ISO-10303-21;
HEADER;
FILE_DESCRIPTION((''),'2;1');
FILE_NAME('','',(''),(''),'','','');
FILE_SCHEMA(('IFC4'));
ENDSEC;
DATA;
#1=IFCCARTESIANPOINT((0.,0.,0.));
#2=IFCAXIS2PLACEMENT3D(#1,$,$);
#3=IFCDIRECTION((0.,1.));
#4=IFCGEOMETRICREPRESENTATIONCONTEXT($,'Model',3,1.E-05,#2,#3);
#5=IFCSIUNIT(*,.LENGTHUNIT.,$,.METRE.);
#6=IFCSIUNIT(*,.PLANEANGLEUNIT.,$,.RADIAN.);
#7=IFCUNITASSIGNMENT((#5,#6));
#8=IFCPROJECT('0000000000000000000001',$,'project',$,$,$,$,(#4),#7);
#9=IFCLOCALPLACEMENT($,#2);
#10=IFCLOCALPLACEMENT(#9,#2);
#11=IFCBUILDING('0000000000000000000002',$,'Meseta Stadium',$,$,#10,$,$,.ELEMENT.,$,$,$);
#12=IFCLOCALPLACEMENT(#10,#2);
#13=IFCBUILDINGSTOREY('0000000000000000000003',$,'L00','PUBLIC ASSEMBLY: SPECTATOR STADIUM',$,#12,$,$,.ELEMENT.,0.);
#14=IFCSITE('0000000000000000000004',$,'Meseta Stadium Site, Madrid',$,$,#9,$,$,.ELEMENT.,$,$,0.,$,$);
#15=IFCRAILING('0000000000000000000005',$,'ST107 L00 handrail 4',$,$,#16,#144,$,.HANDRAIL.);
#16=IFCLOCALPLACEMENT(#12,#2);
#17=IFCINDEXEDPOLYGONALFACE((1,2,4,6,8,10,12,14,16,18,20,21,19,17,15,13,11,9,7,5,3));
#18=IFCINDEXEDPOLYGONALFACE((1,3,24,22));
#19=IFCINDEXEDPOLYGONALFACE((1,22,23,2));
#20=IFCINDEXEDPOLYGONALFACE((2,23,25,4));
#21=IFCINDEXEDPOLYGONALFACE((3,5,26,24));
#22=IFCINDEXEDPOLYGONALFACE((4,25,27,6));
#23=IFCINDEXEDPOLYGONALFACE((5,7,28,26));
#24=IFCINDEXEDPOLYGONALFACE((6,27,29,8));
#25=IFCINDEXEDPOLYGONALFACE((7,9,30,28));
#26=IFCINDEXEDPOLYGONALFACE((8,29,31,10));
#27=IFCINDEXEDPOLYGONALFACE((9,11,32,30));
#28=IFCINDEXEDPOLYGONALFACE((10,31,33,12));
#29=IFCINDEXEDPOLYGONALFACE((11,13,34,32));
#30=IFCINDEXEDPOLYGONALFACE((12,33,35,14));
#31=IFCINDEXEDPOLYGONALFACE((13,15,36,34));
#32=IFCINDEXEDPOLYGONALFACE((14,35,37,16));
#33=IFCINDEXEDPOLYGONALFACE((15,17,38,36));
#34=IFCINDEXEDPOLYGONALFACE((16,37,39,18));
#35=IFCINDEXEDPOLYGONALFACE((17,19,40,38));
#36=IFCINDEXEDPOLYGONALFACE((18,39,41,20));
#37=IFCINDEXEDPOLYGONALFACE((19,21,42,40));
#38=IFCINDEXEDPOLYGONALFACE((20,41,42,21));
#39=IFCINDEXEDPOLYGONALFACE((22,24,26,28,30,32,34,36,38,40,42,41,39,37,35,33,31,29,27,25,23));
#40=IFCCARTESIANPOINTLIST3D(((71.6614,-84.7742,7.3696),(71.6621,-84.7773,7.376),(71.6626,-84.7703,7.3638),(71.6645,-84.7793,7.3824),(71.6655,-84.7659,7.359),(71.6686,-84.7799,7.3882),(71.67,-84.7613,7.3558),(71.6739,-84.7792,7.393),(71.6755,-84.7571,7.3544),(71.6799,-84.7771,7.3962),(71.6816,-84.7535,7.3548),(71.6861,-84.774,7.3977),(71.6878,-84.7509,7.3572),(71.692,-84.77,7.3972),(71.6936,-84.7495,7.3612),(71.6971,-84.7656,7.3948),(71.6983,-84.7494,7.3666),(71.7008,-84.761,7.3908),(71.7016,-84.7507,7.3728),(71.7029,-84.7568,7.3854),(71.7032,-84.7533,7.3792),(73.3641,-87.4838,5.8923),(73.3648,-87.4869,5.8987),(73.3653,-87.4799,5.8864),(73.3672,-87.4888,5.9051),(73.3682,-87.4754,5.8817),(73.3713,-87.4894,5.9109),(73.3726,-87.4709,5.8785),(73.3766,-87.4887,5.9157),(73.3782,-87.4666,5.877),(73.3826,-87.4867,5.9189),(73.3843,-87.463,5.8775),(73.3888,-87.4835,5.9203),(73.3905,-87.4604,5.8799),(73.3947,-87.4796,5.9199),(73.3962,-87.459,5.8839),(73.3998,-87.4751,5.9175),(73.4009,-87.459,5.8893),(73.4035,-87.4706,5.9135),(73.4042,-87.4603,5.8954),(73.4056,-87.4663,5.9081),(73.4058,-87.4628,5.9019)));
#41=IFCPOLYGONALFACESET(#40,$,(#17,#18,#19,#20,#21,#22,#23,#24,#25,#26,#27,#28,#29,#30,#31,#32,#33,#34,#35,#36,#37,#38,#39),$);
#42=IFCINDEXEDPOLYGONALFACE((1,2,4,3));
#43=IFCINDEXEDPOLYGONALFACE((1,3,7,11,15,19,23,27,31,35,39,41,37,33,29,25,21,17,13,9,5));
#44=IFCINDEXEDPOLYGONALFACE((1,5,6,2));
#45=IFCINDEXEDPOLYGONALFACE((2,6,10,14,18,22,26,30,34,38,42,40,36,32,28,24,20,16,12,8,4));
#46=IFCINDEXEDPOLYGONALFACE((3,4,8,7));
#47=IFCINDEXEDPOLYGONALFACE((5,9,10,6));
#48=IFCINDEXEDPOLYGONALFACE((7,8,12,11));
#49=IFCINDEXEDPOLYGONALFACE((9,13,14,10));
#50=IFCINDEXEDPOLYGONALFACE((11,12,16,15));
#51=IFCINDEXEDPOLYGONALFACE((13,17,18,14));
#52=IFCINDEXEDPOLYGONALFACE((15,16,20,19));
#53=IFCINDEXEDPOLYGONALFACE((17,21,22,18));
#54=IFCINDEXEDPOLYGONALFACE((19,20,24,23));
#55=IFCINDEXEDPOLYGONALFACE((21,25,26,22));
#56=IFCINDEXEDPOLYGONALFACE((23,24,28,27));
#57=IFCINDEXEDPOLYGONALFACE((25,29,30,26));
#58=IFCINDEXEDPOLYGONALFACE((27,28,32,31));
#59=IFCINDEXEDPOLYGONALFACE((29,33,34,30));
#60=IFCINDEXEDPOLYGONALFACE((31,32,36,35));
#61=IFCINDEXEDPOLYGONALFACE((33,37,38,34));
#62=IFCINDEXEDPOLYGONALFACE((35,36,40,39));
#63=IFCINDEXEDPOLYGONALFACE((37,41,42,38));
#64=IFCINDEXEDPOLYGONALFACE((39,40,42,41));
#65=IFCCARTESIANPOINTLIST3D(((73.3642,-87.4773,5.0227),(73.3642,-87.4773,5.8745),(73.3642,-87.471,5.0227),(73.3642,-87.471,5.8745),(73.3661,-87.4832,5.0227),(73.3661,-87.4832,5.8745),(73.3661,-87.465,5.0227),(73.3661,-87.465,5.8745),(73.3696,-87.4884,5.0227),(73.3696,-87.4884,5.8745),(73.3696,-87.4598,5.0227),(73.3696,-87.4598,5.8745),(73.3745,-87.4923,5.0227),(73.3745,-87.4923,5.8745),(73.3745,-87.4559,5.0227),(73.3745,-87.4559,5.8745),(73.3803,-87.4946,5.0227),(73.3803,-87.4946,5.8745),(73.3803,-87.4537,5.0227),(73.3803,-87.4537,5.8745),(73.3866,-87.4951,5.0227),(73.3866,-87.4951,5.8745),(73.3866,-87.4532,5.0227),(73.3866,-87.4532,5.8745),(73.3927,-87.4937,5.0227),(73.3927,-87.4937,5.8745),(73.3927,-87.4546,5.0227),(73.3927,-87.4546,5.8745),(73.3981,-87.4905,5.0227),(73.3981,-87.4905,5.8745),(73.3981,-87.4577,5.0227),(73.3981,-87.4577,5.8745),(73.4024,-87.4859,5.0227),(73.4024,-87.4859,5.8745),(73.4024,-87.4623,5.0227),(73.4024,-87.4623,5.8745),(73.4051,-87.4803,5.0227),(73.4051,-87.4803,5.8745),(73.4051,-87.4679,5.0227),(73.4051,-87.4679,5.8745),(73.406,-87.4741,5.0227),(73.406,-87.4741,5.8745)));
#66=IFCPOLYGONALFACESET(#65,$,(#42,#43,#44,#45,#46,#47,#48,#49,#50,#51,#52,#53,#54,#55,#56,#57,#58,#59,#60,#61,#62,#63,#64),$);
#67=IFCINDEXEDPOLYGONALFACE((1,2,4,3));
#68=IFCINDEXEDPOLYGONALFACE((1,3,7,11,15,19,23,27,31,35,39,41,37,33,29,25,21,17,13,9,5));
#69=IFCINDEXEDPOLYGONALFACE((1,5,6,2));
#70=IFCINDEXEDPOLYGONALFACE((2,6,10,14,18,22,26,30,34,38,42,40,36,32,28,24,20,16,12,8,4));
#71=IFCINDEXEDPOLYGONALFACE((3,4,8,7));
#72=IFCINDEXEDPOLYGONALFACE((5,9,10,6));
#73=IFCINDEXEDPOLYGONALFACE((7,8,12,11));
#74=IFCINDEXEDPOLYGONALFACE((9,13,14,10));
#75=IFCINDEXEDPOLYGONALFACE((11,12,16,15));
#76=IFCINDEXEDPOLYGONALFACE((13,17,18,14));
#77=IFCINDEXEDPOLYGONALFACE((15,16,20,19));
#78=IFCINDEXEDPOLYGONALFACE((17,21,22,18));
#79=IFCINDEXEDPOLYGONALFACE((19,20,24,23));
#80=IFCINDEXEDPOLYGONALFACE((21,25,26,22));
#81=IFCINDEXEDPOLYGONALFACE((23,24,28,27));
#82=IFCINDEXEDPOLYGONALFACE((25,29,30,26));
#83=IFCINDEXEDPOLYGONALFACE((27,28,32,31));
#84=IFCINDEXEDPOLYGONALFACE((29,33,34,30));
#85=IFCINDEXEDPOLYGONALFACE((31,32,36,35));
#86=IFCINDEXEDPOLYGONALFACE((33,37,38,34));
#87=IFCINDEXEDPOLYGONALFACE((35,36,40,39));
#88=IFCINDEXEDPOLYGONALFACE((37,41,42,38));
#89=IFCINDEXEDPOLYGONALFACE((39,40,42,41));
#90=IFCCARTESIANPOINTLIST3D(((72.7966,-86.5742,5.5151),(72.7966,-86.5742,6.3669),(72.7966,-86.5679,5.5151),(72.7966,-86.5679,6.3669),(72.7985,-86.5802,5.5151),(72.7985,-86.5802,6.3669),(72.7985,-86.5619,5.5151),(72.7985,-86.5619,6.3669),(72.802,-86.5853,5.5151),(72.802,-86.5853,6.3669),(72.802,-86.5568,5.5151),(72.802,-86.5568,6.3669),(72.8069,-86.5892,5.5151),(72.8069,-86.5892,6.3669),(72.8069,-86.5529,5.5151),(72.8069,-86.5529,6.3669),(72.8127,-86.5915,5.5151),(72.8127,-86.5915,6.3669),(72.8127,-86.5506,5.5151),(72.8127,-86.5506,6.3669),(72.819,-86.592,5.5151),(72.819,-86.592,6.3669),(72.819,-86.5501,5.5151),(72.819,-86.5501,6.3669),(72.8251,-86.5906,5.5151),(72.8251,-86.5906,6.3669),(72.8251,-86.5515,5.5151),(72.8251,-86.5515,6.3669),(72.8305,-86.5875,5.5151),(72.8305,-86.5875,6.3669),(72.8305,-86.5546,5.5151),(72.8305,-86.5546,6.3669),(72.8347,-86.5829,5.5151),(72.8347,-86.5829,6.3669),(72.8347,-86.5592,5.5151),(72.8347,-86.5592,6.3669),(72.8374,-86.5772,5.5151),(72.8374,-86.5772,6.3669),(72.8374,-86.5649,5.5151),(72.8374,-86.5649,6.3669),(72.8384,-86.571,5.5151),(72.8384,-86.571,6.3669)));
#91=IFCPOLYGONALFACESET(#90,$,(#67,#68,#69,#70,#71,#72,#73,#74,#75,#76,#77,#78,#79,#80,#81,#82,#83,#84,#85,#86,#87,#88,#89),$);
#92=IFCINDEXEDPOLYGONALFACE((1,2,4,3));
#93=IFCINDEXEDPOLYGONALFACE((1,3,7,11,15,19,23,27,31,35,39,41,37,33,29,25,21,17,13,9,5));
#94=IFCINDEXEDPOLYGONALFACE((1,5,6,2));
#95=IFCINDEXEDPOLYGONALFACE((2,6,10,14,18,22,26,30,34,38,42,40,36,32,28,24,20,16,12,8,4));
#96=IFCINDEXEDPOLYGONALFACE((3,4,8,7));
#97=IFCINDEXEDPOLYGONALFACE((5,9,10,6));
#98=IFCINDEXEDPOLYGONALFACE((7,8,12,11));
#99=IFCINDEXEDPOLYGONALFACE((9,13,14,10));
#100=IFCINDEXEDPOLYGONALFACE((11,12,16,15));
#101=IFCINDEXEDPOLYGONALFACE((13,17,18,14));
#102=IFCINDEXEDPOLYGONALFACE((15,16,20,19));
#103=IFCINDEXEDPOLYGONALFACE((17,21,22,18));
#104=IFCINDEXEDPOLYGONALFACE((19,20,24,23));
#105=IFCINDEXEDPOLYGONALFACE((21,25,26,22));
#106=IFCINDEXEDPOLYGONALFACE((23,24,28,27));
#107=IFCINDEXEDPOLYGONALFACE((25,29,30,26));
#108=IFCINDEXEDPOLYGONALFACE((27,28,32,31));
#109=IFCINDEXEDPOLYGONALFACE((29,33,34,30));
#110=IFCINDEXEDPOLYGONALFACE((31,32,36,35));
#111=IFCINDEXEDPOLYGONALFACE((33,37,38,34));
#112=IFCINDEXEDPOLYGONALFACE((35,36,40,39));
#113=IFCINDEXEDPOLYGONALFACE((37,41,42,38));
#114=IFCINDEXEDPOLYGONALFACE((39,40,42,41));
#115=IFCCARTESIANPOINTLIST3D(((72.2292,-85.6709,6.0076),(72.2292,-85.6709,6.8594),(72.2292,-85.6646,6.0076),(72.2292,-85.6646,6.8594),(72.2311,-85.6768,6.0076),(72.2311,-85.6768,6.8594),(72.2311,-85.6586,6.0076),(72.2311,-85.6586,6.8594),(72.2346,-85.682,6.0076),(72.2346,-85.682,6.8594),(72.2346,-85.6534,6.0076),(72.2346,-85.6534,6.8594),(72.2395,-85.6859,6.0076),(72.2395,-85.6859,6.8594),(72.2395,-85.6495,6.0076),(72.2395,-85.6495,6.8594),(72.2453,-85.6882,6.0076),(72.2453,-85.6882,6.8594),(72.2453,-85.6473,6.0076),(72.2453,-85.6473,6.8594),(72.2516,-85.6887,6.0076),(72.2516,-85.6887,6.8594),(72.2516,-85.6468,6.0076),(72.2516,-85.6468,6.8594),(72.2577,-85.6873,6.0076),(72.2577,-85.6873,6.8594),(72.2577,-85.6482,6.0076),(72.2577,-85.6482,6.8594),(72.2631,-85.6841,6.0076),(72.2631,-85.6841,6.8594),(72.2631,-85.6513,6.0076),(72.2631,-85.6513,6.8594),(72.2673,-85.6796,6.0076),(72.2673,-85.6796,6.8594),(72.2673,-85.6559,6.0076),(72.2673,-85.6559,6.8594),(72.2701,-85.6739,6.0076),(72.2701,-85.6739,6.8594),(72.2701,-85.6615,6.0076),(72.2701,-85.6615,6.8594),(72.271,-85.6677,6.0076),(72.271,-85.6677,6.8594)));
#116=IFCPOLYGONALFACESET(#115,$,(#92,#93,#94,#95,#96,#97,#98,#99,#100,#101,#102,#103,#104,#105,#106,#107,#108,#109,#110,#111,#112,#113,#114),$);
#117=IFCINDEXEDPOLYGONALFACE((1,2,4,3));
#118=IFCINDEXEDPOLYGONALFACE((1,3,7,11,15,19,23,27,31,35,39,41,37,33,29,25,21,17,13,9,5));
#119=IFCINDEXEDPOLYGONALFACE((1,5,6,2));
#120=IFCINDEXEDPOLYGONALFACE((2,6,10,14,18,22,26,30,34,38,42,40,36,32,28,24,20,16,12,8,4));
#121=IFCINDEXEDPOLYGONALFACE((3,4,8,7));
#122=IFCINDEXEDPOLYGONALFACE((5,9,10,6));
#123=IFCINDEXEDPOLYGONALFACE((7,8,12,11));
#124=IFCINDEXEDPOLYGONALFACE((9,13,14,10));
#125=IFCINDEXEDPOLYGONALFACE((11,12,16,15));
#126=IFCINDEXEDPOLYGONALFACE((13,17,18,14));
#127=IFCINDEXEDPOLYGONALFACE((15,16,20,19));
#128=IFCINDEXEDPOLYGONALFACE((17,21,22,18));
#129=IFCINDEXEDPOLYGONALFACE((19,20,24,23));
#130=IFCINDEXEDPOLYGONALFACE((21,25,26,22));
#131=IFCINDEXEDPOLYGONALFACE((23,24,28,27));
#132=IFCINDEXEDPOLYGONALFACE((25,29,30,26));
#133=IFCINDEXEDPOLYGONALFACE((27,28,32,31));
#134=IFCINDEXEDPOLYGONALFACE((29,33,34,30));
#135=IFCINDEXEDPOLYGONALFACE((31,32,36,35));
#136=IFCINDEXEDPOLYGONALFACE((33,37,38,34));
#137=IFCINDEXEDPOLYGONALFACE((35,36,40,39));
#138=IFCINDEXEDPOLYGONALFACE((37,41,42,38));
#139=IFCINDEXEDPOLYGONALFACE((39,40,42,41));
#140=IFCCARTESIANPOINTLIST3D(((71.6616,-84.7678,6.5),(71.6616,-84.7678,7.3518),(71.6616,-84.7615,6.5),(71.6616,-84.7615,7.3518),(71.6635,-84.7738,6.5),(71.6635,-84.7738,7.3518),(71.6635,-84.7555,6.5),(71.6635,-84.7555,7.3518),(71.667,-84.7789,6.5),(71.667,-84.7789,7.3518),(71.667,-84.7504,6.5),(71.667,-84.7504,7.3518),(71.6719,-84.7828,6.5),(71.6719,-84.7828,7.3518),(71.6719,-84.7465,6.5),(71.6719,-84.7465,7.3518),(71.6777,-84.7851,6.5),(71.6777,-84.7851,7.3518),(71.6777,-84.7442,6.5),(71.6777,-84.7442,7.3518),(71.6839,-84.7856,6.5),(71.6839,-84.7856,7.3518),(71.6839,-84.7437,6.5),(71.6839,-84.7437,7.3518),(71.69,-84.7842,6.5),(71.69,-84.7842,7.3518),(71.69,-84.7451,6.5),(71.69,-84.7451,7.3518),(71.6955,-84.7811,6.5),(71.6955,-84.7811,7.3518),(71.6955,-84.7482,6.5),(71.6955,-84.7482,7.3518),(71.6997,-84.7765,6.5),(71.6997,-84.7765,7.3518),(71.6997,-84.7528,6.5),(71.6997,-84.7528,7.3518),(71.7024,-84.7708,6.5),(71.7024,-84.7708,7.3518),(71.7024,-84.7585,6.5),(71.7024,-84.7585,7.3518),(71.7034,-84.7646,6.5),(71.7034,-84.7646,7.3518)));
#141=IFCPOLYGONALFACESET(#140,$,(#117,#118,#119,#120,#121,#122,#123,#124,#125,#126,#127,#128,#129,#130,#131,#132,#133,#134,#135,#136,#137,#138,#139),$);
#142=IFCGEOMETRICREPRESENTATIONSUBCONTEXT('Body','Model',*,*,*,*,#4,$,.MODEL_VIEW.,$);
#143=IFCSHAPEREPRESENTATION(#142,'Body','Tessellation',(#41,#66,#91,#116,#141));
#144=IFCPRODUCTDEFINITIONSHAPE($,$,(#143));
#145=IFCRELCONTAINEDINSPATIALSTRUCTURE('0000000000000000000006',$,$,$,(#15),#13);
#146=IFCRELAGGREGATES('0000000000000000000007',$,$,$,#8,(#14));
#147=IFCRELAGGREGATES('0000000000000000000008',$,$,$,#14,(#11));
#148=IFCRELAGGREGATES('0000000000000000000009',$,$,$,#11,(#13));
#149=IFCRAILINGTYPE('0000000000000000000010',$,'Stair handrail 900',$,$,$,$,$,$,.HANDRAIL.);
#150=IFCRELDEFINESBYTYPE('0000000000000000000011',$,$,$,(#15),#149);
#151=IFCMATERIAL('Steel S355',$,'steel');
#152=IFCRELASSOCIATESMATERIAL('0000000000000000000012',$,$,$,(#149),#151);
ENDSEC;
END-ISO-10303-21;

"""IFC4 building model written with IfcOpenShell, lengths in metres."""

from ifc_helpers import new_model, si_unit, direction, frame, origin, origin_2d, place, context, subcontext, project, spatial, circle, extrude, material, type_object, element, save


model = new_model("IFC4")

# Units and contexts
model_context = context("Model", 3, precision=1e-05, world=origin(), true_north=direction((0.0, 1.0)))
body_context = subcontext(model_context, "Body", "Model", "MODEL_VIEW")
ifc_project = project(units=[si_unit("LENGTHUNIT", "METRE"), si_unit("PLANEANGLEUNIT", "RADIAN")], contexts=[model_context])

# Site, building, storey
site_placement = place(None, origin())
site = spatial("IfcSite", under=ifc_project, at=site_placement, Name="Meseta Stadium Site, Madrid", CompositionType="ELEMENT", RefElevation=0.0)
building_placement = place(site_placement, origin())
building = spatial("IfcBuilding", under=site, at=building_placement, Name="Meseta Stadium", CompositionType="ELEMENT")
storey_placement = place(building_placement, origin())
storey = spatial("IfcBuildingStorey", under=building, at=storey_placement, Name="L00", Description="PUBLIC ASSEMBLY: SPECTATOR STADIUM", CompositionType="ELEMENT", Elevation=0.0)

# Railing
ifc_material_1 = material(Name="Steel S355", Category="steel")
railing_type_1 = type_object("IfcRailingType", Name="Stair handrail 900", PredefinedType="HANDRAIL", material=ifc_material_1)
railing_1_placement = place(storey_placement, frame((73.385, -87.4741, 5.0227)))
element("IfcRailing", 1, at=railing_1_placement, inside=storey, type_object=railing_type_1, Name="ST107 L00 handrail 4", PredefinedType="HANDRAIL", context=body_context, shape_type="SweptSolid", body=[
    extrude(circle(Radius=0.0239, at=origin_2d()), frame((0.0, 0.0, 0.876), z_axis=(-0.483076, 0.768738, 0.419142), x_axis=(-0.846701, -0.532068, 0.0)), (0.0, 0.0, 1.0), 3.5247),
    extrude(circle(Radius=0.021, at=origin_2d()), origin(), (0.0, 0.0, 1.0), 0.8518),
    extrude(circle(Radius=0.021, at=origin_2d()), frame((-0.5676, 0.9031, 0.4924)), (0.0, 0.0, 1.0), 0.8518),
    extrude(circle(Radius=0.021, at=origin_2d()), frame((-1.135, 1.8064, 0.9849)), (0.0, 0.0, 1.0), 0.8518),
    extrude(circle(Radius=0.021, at=origin_2d()), frame((-1.7026, 2.7095, 1.4773)), (0.0, 0.0, 1.0), 0.8518),
])

save(model, "model.ifc")
